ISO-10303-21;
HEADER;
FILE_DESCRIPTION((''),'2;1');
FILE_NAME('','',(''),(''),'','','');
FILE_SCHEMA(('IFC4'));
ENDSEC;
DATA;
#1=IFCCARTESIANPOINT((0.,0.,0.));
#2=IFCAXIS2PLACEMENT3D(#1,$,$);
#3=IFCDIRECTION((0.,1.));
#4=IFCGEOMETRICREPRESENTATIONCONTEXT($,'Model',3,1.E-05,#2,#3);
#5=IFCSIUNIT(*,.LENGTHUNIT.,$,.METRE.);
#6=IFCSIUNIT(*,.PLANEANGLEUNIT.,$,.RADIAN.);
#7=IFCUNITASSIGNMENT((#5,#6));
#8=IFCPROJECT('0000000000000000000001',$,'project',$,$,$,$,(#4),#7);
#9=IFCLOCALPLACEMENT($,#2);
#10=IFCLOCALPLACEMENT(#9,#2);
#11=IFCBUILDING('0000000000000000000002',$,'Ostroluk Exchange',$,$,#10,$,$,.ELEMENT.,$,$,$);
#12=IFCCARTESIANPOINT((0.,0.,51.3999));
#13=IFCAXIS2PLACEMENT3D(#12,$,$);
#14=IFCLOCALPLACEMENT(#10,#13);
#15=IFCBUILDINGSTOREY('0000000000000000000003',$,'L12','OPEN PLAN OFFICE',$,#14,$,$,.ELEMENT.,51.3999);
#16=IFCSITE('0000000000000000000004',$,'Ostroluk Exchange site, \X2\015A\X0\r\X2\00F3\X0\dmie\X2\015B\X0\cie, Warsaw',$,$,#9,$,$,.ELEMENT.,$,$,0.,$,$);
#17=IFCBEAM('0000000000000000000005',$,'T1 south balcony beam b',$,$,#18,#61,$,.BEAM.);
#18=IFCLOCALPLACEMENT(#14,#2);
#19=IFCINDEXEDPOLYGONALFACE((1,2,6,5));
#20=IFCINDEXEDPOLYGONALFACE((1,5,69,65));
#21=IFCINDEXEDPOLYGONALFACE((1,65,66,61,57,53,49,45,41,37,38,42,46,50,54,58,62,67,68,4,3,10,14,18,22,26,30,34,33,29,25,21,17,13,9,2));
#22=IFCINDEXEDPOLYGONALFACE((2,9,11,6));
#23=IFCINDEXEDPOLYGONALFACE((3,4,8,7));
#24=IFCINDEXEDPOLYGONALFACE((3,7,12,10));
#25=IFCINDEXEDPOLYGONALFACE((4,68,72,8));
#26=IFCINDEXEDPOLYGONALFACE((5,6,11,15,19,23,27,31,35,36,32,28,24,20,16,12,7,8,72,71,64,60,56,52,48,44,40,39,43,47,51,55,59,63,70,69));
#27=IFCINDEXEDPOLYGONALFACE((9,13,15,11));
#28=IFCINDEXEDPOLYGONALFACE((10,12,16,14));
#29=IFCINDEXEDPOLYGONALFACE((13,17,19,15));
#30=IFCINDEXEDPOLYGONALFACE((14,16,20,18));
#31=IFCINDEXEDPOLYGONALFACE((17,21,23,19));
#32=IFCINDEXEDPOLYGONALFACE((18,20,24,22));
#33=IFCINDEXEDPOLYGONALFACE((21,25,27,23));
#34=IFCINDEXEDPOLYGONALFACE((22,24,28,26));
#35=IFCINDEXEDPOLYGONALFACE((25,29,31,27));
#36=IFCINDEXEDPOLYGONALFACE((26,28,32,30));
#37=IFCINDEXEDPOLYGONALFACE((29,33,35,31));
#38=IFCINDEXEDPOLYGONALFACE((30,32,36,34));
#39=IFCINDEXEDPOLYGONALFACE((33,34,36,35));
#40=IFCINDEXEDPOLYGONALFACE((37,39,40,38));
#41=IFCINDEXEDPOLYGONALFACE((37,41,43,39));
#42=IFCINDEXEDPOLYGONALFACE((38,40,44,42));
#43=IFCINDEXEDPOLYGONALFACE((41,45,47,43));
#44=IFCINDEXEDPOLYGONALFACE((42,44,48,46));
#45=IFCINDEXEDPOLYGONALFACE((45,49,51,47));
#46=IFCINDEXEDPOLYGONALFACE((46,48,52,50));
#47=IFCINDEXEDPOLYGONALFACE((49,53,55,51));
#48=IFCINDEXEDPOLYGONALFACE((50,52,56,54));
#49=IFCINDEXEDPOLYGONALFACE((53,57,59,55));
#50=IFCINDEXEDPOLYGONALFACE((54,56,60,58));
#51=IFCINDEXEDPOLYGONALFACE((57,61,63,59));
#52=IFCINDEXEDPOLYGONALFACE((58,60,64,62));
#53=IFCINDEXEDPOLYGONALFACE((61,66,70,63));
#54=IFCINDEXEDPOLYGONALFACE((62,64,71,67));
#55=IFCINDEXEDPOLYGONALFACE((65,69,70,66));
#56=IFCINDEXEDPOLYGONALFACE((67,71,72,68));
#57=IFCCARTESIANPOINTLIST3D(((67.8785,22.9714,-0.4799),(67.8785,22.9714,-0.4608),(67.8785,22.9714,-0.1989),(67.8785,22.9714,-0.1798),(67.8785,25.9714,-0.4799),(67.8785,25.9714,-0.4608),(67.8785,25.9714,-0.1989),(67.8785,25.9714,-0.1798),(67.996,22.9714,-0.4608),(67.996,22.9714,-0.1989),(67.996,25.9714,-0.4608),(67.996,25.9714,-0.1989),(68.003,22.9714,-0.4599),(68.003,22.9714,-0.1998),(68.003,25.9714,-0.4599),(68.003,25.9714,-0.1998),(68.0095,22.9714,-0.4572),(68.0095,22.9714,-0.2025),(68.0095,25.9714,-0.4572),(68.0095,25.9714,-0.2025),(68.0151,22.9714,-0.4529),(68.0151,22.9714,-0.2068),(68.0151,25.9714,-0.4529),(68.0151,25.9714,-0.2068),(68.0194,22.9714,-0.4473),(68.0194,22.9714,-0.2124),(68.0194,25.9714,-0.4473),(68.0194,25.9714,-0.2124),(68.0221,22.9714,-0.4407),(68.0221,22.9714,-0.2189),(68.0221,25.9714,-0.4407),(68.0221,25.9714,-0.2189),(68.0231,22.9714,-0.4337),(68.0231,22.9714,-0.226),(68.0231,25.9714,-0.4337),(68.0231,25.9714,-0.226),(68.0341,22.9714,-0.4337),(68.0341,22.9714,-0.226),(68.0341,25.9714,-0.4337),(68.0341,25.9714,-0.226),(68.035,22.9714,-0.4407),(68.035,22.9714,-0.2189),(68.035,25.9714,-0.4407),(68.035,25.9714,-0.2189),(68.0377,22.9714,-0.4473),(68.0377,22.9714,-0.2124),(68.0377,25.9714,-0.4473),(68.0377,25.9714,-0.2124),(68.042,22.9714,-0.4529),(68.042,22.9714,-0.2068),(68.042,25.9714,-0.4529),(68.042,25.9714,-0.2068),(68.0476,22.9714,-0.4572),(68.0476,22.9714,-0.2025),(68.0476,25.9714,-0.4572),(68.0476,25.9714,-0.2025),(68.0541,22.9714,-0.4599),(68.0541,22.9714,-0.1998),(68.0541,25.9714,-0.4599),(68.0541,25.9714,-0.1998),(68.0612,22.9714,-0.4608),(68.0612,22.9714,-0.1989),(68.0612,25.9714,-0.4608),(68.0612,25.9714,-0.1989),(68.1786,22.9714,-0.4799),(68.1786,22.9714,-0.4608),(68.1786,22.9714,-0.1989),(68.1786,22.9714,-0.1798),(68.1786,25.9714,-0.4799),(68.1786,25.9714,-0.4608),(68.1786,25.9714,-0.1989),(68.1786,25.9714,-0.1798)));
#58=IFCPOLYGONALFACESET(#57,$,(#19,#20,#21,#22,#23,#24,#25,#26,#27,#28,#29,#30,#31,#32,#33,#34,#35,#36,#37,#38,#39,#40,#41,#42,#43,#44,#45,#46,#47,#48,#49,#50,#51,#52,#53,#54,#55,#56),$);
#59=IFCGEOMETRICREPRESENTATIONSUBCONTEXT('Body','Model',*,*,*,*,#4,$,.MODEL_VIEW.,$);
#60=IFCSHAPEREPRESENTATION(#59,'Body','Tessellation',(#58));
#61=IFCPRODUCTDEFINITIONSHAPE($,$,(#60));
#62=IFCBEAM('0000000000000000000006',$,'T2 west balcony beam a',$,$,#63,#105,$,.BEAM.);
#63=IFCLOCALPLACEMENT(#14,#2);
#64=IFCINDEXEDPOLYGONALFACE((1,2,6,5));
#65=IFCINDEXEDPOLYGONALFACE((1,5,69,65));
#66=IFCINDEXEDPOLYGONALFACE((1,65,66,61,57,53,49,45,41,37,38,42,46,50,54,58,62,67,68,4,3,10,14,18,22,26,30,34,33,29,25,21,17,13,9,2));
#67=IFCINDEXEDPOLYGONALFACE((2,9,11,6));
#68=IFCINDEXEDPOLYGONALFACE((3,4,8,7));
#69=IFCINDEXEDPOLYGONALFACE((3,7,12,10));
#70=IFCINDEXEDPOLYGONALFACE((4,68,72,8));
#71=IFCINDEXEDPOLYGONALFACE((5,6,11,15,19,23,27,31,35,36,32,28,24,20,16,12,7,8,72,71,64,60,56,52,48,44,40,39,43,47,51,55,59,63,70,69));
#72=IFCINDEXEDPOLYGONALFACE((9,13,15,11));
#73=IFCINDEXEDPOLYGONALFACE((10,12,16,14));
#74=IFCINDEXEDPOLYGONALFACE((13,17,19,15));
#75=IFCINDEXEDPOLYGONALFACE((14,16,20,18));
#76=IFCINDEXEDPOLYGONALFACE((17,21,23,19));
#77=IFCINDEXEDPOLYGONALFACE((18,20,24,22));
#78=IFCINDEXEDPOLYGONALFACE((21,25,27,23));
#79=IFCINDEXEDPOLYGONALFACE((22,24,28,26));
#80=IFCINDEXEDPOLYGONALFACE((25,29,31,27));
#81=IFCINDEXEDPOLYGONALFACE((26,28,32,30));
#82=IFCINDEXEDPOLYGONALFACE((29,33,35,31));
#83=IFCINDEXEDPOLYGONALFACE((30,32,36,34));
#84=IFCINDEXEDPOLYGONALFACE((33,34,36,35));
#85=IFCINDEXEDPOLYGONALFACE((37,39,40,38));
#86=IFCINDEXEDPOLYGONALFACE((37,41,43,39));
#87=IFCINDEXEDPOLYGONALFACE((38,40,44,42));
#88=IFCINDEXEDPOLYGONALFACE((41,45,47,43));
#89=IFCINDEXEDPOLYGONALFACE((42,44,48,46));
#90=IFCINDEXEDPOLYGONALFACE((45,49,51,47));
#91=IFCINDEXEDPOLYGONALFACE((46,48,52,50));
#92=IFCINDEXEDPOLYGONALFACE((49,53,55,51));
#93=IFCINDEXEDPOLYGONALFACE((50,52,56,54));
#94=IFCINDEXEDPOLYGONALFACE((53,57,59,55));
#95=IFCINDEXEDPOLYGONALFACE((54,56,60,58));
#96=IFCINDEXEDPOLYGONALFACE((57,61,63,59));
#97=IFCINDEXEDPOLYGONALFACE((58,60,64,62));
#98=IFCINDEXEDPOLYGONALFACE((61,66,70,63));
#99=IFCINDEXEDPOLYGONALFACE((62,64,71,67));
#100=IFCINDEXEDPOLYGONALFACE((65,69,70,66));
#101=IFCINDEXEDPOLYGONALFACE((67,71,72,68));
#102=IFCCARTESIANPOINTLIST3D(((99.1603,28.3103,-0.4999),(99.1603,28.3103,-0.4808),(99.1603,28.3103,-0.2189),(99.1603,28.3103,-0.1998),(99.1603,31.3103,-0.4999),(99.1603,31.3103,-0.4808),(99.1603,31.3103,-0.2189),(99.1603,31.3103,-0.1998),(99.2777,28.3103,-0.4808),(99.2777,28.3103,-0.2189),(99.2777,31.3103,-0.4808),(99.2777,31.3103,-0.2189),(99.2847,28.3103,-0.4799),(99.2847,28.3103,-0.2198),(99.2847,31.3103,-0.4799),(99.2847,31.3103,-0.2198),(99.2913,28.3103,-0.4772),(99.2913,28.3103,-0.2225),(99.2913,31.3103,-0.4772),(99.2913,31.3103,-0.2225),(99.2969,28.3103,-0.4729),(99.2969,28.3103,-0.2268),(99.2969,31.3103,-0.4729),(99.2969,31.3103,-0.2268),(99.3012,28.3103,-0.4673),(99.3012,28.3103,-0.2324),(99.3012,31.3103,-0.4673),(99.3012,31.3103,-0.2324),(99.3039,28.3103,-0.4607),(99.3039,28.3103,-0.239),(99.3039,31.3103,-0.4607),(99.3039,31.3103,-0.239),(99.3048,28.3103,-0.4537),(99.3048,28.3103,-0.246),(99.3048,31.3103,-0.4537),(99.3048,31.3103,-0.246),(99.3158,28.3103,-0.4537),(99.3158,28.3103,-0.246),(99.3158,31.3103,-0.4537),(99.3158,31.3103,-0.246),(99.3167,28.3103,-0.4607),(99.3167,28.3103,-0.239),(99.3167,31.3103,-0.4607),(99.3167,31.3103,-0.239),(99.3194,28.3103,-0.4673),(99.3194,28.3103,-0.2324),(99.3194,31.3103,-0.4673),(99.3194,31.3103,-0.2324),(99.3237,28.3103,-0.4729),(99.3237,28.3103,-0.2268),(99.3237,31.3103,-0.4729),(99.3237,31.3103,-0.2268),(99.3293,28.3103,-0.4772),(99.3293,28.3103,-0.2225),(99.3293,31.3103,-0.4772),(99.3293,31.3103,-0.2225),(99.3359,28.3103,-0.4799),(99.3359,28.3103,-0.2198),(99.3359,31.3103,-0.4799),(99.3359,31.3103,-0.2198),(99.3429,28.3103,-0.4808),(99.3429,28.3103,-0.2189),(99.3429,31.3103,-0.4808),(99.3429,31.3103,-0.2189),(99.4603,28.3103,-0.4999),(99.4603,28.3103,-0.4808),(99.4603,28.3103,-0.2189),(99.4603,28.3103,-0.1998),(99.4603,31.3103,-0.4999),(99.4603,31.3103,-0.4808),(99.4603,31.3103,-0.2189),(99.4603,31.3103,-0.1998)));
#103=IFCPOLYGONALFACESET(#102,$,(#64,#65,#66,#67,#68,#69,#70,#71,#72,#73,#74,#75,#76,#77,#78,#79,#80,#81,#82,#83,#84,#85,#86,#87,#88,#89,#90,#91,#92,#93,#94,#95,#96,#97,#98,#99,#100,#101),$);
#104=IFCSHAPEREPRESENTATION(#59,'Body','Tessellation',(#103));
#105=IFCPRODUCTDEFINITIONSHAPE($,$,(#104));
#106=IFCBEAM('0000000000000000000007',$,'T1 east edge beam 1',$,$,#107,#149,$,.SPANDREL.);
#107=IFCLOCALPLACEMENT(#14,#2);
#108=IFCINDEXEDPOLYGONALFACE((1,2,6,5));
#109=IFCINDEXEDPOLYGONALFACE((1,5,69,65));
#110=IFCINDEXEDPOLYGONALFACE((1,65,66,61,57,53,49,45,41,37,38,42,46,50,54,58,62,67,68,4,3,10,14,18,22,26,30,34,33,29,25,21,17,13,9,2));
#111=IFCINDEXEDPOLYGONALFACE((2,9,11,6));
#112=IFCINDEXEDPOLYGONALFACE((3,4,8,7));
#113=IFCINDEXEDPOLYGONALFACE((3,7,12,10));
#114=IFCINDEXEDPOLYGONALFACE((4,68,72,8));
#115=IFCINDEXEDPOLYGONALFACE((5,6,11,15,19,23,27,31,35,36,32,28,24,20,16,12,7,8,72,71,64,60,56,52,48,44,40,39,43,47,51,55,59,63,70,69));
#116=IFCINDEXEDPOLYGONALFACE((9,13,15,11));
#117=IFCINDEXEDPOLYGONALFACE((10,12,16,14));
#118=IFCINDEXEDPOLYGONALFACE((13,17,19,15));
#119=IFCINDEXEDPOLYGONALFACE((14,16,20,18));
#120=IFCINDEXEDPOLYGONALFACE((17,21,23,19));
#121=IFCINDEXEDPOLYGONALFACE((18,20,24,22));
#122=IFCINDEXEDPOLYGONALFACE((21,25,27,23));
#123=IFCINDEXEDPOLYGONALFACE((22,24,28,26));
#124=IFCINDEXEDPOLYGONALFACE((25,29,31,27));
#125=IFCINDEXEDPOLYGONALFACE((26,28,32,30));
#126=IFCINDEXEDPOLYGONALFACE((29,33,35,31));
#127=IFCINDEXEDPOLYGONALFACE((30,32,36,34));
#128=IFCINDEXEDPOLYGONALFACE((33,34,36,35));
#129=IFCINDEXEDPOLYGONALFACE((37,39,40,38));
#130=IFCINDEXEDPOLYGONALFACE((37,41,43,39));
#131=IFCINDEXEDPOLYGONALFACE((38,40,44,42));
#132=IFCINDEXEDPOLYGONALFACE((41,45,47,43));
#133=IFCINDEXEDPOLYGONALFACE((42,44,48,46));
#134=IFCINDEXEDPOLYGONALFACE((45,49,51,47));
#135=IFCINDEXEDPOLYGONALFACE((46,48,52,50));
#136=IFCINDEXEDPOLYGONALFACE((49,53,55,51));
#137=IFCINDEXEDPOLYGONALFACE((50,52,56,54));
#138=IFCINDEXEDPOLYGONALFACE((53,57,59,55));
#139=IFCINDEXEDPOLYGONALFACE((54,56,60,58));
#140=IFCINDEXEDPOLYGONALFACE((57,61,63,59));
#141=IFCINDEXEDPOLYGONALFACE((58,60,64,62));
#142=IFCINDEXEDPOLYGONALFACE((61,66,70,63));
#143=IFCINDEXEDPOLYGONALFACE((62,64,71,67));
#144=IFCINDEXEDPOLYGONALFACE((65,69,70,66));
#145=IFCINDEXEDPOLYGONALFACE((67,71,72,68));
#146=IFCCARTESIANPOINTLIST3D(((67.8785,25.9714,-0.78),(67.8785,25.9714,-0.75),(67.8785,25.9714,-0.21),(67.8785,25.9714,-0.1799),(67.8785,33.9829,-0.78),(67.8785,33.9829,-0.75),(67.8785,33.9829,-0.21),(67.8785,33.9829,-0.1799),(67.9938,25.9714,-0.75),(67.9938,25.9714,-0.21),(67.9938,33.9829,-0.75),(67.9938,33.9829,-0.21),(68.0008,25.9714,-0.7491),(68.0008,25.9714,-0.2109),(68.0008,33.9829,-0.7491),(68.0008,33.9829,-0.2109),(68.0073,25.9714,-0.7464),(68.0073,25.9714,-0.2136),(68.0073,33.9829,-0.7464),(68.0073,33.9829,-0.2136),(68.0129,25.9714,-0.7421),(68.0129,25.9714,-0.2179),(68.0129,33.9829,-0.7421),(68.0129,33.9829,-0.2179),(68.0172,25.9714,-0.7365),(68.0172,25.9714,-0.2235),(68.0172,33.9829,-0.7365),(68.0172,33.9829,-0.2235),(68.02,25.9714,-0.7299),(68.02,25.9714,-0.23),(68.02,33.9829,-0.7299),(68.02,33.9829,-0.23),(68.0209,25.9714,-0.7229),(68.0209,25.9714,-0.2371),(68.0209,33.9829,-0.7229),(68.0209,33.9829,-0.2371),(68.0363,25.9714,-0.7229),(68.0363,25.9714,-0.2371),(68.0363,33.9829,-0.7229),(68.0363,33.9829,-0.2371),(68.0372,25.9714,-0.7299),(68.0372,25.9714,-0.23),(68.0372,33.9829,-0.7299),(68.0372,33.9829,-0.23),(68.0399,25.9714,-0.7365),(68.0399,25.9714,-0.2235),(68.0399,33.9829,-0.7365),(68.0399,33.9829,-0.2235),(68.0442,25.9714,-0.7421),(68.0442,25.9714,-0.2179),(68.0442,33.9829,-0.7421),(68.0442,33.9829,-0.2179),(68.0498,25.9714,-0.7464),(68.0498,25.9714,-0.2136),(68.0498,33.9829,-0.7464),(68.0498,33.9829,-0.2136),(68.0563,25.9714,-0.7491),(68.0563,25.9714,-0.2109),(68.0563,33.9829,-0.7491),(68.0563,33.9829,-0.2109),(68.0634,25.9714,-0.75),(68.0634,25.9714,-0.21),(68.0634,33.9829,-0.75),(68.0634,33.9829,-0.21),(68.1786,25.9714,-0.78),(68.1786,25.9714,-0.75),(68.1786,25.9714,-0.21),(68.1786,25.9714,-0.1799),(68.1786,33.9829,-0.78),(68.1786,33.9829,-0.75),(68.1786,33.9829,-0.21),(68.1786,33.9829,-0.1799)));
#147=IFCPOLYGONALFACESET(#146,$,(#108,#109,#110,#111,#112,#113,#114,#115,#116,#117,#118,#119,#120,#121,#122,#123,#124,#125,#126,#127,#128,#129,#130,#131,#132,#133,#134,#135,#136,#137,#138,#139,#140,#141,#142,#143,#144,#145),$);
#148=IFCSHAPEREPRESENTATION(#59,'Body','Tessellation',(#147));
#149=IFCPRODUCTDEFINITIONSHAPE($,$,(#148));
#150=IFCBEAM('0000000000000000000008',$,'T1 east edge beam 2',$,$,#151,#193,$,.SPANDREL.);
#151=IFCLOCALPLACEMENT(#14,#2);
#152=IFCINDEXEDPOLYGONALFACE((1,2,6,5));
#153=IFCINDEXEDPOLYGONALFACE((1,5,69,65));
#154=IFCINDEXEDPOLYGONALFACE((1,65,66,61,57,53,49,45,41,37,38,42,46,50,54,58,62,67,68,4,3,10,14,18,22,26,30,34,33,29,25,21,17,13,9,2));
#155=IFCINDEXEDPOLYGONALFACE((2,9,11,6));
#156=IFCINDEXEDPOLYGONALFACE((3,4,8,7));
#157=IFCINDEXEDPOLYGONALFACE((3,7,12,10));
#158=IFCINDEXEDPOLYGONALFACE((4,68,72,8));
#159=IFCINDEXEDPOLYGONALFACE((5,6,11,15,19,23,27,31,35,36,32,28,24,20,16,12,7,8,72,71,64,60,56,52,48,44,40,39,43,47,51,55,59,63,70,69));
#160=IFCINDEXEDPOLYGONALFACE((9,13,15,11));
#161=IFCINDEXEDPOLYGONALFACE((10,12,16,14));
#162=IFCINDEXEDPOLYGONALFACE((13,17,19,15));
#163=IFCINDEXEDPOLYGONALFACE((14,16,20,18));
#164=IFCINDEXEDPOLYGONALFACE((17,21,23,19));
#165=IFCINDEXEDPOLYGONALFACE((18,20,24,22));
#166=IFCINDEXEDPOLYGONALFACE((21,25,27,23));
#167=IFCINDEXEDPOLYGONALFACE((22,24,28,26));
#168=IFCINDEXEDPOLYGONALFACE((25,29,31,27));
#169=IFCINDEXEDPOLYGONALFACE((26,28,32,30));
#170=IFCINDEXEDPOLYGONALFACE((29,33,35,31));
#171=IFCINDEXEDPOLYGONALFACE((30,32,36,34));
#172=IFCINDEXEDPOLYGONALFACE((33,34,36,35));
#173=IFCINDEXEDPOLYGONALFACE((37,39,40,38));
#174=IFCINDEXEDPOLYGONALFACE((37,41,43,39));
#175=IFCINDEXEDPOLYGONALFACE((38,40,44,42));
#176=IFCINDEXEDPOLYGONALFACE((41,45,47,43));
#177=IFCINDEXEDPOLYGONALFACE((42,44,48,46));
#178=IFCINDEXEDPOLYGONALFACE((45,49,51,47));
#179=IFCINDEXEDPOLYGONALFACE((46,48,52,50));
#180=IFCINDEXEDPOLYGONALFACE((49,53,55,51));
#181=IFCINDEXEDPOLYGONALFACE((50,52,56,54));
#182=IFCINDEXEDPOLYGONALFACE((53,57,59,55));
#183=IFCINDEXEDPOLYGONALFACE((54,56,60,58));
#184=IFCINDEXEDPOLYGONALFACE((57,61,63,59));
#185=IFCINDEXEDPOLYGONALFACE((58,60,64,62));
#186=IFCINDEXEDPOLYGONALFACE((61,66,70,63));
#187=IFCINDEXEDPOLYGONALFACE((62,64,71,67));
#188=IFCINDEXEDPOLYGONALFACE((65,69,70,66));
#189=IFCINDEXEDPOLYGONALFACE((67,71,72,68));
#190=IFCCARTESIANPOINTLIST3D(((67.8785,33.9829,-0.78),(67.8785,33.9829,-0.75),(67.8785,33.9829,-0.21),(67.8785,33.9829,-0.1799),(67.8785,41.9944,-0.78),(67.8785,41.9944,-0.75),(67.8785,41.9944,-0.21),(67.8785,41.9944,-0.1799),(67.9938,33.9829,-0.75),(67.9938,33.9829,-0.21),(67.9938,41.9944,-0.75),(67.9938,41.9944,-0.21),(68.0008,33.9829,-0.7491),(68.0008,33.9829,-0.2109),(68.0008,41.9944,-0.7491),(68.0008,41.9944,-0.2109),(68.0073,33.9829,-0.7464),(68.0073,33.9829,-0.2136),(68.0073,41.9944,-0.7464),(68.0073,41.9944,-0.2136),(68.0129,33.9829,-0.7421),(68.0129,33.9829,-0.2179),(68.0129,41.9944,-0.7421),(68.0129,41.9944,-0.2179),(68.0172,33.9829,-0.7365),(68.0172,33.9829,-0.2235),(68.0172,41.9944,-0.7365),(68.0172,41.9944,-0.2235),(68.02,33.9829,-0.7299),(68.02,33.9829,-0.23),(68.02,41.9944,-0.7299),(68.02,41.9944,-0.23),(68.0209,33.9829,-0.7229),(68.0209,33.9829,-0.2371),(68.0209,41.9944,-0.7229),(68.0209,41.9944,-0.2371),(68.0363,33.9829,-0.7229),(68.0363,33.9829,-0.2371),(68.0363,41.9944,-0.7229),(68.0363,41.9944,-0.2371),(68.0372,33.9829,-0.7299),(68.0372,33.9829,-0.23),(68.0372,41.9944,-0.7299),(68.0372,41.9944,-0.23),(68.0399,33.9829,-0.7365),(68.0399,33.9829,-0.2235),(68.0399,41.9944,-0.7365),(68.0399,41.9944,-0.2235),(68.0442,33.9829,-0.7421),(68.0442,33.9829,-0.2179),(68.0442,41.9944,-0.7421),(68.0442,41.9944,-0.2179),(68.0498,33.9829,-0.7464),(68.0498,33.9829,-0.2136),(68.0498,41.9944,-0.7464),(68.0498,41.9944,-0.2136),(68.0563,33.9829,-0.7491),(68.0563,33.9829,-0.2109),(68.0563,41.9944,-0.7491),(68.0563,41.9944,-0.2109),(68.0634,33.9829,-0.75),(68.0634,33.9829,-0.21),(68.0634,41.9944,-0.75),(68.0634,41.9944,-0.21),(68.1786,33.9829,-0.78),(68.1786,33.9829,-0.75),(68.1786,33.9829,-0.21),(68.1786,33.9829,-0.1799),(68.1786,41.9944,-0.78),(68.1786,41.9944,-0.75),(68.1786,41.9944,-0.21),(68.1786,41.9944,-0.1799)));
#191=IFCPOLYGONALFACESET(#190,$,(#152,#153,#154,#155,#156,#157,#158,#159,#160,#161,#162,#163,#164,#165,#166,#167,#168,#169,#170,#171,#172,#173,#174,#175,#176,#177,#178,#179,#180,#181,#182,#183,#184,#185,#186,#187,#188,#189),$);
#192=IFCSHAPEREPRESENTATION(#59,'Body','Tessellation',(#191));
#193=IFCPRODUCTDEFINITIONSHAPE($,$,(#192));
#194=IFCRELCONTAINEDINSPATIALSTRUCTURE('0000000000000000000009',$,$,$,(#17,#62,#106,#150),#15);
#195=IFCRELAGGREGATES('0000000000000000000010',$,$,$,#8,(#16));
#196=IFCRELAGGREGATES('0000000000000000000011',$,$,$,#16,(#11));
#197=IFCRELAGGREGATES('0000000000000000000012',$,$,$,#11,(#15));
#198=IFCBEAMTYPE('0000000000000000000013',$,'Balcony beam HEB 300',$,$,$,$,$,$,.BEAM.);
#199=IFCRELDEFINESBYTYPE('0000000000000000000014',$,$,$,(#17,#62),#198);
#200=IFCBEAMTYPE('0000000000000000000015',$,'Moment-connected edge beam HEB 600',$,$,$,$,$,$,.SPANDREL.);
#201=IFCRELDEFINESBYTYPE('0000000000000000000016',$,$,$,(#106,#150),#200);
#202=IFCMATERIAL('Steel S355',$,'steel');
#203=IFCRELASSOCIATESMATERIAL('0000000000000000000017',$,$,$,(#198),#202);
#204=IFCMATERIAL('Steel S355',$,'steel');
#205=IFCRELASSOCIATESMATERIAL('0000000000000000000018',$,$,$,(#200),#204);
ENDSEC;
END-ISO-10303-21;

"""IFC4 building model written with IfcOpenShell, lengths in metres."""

from ifc_helpers import new_model, si_unit, direction, frame, origin, origin_2d, place, context, subcontext, project, spatial, i_section, extrude, material, material_profile, profile_set, type_object, element, save


model = new_model("IFC4")

# Units and contexts
model_context = context("Model", 3, precision=1e-05, world=origin(), true_north=direction((0.0, 1.0)))
body_context = subcontext(model_context, "Body", "Model", "MODEL_VIEW")
ifc_project = project(units=[si_unit("LENGTHUNIT", "METRE"), si_unit("PLANEANGLEUNIT", "RADIAN")], contexts=[model_context])

# Site, building, storey
site_placement = place(None, origin())
site = spatial("IfcSite", under=ifc_project, at=site_placement, Name="Ostroluk Exchange site, Śródmieście, Warsaw", CompositionType="ELEMENT", RefElevation=0.0)
building_placement = place(site_placement, origin())
building = spatial("IfcBuilding", under=site, at=building_placement, Name="Ostroluk Exchange", CompositionType="ELEMENT")
storey_placement = place(building_placement, frame((0.0, 0.0, 51.3999)))
storey = spatial("IfcBuildingStorey", under=building, at=storey_placement, Name="L12", Description="OPEN PLAN OFFICE", CompositionType="ELEMENT", Elevation=51.3999)

# Beams
ifc_material_1 = material(Name="Steel S355", Category="steel")
ifc_material_profile_1 = material_profile(ifc_material_1, i_section(OverallWidth=0.3, OverallDepth=0.3, WebThickness=0.011, FlangeThickness=0.019, FilletRadius=0.0271, at=origin_2d()), Name="HEB 300")
ifc_profile_set_1 = profile_set([ifc_material_profile_1], Name="Steel S355")
beam_type_1 = type_object("IfcBeamType", Name="Balcony beam HEB 300", PredefinedType="BEAM", material=ifc_profile_set_1)
for number, where, z_axis, x_axis, name in (
    (1, (68.0286, 25.9714, -0.3298), (0.0, -1.0, 0.0), (1.0, 0.0, 0.0), "T1 south balcony beam b"),
    (2, (99.3103, 31.3103, -0.3499), (0.0, -1.0, 0.0), (1.0, 0.0, 0.0), "T2 west balcony beam a"),
):
    element("IfcBeam", number, at=place(storey_placement, frame(where, z_axis=z_axis, x_axis=x_axis)), inside=storey, type_object=beam_type_1, Name=name, PredefinedType="BEAM", context=body_context, shape_type="SweptSolid", body=[
        extrude(i_section(OverallWidth=0.3, OverallDepth=0.3, WebThickness=0.011, FlangeThickness=0.019, FilletRadius=0.0271, at=origin_2d()), origin(), (0.0, 0.0, 1.0), 3.0),
    ])
ifc_material_2 = material(Name="Steel S355", Category="steel")
ifc_material_profile_2 = material_profile(ifc_material_2, i_section(OverallWidth=0.3, OverallDepth=0.6001, WebThickness=0.0154, FlangeThickness=0.03, FilletRadius=0.0271, at=origin_2d()), Name="HEB 600")
ifc_profile_set_2 = profile_set([ifc_material_profile_2], Name="Steel S355")
beam_type_2 = type_object("IfcBeamType", Name="Moment-connected edge beam HEB 600", PredefinedType="SPANDREL", material=ifc_profile_set_2)
for number, where, z_axis, x_axis, name in (
    (3, (68.0286, 25.9714, -0.48), (0.0, 1.0, 0.0), (-1.0, 0.0, 0.0), "T1 east edge beam 1"),
    (4, (68.0286, 33.9829, -0.48), (0.0, 1.0, 0.0), (-1.0, 0.0, 0.0), "T1 east edge beam 2"),
):
    element("IfcBeam", number, at=place(storey_placement, frame(where, z_axis=z_axis, x_axis=x_axis)), inside=storey, type_object=beam_type_2, Name=name, PredefinedType="SPANDREL", context=body_context, shape_type="SweptSolid", body=[
        extrude(i_section(OverallWidth=0.3, OverallDepth=0.6001, WebThickness=0.0154, FlangeThickness=0.03, FilletRadius=0.0271, at=origin_2d()), origin(), (0.0, 0.0, 1.0), 8.0115),
    ])

save(model, "model.ifc")
